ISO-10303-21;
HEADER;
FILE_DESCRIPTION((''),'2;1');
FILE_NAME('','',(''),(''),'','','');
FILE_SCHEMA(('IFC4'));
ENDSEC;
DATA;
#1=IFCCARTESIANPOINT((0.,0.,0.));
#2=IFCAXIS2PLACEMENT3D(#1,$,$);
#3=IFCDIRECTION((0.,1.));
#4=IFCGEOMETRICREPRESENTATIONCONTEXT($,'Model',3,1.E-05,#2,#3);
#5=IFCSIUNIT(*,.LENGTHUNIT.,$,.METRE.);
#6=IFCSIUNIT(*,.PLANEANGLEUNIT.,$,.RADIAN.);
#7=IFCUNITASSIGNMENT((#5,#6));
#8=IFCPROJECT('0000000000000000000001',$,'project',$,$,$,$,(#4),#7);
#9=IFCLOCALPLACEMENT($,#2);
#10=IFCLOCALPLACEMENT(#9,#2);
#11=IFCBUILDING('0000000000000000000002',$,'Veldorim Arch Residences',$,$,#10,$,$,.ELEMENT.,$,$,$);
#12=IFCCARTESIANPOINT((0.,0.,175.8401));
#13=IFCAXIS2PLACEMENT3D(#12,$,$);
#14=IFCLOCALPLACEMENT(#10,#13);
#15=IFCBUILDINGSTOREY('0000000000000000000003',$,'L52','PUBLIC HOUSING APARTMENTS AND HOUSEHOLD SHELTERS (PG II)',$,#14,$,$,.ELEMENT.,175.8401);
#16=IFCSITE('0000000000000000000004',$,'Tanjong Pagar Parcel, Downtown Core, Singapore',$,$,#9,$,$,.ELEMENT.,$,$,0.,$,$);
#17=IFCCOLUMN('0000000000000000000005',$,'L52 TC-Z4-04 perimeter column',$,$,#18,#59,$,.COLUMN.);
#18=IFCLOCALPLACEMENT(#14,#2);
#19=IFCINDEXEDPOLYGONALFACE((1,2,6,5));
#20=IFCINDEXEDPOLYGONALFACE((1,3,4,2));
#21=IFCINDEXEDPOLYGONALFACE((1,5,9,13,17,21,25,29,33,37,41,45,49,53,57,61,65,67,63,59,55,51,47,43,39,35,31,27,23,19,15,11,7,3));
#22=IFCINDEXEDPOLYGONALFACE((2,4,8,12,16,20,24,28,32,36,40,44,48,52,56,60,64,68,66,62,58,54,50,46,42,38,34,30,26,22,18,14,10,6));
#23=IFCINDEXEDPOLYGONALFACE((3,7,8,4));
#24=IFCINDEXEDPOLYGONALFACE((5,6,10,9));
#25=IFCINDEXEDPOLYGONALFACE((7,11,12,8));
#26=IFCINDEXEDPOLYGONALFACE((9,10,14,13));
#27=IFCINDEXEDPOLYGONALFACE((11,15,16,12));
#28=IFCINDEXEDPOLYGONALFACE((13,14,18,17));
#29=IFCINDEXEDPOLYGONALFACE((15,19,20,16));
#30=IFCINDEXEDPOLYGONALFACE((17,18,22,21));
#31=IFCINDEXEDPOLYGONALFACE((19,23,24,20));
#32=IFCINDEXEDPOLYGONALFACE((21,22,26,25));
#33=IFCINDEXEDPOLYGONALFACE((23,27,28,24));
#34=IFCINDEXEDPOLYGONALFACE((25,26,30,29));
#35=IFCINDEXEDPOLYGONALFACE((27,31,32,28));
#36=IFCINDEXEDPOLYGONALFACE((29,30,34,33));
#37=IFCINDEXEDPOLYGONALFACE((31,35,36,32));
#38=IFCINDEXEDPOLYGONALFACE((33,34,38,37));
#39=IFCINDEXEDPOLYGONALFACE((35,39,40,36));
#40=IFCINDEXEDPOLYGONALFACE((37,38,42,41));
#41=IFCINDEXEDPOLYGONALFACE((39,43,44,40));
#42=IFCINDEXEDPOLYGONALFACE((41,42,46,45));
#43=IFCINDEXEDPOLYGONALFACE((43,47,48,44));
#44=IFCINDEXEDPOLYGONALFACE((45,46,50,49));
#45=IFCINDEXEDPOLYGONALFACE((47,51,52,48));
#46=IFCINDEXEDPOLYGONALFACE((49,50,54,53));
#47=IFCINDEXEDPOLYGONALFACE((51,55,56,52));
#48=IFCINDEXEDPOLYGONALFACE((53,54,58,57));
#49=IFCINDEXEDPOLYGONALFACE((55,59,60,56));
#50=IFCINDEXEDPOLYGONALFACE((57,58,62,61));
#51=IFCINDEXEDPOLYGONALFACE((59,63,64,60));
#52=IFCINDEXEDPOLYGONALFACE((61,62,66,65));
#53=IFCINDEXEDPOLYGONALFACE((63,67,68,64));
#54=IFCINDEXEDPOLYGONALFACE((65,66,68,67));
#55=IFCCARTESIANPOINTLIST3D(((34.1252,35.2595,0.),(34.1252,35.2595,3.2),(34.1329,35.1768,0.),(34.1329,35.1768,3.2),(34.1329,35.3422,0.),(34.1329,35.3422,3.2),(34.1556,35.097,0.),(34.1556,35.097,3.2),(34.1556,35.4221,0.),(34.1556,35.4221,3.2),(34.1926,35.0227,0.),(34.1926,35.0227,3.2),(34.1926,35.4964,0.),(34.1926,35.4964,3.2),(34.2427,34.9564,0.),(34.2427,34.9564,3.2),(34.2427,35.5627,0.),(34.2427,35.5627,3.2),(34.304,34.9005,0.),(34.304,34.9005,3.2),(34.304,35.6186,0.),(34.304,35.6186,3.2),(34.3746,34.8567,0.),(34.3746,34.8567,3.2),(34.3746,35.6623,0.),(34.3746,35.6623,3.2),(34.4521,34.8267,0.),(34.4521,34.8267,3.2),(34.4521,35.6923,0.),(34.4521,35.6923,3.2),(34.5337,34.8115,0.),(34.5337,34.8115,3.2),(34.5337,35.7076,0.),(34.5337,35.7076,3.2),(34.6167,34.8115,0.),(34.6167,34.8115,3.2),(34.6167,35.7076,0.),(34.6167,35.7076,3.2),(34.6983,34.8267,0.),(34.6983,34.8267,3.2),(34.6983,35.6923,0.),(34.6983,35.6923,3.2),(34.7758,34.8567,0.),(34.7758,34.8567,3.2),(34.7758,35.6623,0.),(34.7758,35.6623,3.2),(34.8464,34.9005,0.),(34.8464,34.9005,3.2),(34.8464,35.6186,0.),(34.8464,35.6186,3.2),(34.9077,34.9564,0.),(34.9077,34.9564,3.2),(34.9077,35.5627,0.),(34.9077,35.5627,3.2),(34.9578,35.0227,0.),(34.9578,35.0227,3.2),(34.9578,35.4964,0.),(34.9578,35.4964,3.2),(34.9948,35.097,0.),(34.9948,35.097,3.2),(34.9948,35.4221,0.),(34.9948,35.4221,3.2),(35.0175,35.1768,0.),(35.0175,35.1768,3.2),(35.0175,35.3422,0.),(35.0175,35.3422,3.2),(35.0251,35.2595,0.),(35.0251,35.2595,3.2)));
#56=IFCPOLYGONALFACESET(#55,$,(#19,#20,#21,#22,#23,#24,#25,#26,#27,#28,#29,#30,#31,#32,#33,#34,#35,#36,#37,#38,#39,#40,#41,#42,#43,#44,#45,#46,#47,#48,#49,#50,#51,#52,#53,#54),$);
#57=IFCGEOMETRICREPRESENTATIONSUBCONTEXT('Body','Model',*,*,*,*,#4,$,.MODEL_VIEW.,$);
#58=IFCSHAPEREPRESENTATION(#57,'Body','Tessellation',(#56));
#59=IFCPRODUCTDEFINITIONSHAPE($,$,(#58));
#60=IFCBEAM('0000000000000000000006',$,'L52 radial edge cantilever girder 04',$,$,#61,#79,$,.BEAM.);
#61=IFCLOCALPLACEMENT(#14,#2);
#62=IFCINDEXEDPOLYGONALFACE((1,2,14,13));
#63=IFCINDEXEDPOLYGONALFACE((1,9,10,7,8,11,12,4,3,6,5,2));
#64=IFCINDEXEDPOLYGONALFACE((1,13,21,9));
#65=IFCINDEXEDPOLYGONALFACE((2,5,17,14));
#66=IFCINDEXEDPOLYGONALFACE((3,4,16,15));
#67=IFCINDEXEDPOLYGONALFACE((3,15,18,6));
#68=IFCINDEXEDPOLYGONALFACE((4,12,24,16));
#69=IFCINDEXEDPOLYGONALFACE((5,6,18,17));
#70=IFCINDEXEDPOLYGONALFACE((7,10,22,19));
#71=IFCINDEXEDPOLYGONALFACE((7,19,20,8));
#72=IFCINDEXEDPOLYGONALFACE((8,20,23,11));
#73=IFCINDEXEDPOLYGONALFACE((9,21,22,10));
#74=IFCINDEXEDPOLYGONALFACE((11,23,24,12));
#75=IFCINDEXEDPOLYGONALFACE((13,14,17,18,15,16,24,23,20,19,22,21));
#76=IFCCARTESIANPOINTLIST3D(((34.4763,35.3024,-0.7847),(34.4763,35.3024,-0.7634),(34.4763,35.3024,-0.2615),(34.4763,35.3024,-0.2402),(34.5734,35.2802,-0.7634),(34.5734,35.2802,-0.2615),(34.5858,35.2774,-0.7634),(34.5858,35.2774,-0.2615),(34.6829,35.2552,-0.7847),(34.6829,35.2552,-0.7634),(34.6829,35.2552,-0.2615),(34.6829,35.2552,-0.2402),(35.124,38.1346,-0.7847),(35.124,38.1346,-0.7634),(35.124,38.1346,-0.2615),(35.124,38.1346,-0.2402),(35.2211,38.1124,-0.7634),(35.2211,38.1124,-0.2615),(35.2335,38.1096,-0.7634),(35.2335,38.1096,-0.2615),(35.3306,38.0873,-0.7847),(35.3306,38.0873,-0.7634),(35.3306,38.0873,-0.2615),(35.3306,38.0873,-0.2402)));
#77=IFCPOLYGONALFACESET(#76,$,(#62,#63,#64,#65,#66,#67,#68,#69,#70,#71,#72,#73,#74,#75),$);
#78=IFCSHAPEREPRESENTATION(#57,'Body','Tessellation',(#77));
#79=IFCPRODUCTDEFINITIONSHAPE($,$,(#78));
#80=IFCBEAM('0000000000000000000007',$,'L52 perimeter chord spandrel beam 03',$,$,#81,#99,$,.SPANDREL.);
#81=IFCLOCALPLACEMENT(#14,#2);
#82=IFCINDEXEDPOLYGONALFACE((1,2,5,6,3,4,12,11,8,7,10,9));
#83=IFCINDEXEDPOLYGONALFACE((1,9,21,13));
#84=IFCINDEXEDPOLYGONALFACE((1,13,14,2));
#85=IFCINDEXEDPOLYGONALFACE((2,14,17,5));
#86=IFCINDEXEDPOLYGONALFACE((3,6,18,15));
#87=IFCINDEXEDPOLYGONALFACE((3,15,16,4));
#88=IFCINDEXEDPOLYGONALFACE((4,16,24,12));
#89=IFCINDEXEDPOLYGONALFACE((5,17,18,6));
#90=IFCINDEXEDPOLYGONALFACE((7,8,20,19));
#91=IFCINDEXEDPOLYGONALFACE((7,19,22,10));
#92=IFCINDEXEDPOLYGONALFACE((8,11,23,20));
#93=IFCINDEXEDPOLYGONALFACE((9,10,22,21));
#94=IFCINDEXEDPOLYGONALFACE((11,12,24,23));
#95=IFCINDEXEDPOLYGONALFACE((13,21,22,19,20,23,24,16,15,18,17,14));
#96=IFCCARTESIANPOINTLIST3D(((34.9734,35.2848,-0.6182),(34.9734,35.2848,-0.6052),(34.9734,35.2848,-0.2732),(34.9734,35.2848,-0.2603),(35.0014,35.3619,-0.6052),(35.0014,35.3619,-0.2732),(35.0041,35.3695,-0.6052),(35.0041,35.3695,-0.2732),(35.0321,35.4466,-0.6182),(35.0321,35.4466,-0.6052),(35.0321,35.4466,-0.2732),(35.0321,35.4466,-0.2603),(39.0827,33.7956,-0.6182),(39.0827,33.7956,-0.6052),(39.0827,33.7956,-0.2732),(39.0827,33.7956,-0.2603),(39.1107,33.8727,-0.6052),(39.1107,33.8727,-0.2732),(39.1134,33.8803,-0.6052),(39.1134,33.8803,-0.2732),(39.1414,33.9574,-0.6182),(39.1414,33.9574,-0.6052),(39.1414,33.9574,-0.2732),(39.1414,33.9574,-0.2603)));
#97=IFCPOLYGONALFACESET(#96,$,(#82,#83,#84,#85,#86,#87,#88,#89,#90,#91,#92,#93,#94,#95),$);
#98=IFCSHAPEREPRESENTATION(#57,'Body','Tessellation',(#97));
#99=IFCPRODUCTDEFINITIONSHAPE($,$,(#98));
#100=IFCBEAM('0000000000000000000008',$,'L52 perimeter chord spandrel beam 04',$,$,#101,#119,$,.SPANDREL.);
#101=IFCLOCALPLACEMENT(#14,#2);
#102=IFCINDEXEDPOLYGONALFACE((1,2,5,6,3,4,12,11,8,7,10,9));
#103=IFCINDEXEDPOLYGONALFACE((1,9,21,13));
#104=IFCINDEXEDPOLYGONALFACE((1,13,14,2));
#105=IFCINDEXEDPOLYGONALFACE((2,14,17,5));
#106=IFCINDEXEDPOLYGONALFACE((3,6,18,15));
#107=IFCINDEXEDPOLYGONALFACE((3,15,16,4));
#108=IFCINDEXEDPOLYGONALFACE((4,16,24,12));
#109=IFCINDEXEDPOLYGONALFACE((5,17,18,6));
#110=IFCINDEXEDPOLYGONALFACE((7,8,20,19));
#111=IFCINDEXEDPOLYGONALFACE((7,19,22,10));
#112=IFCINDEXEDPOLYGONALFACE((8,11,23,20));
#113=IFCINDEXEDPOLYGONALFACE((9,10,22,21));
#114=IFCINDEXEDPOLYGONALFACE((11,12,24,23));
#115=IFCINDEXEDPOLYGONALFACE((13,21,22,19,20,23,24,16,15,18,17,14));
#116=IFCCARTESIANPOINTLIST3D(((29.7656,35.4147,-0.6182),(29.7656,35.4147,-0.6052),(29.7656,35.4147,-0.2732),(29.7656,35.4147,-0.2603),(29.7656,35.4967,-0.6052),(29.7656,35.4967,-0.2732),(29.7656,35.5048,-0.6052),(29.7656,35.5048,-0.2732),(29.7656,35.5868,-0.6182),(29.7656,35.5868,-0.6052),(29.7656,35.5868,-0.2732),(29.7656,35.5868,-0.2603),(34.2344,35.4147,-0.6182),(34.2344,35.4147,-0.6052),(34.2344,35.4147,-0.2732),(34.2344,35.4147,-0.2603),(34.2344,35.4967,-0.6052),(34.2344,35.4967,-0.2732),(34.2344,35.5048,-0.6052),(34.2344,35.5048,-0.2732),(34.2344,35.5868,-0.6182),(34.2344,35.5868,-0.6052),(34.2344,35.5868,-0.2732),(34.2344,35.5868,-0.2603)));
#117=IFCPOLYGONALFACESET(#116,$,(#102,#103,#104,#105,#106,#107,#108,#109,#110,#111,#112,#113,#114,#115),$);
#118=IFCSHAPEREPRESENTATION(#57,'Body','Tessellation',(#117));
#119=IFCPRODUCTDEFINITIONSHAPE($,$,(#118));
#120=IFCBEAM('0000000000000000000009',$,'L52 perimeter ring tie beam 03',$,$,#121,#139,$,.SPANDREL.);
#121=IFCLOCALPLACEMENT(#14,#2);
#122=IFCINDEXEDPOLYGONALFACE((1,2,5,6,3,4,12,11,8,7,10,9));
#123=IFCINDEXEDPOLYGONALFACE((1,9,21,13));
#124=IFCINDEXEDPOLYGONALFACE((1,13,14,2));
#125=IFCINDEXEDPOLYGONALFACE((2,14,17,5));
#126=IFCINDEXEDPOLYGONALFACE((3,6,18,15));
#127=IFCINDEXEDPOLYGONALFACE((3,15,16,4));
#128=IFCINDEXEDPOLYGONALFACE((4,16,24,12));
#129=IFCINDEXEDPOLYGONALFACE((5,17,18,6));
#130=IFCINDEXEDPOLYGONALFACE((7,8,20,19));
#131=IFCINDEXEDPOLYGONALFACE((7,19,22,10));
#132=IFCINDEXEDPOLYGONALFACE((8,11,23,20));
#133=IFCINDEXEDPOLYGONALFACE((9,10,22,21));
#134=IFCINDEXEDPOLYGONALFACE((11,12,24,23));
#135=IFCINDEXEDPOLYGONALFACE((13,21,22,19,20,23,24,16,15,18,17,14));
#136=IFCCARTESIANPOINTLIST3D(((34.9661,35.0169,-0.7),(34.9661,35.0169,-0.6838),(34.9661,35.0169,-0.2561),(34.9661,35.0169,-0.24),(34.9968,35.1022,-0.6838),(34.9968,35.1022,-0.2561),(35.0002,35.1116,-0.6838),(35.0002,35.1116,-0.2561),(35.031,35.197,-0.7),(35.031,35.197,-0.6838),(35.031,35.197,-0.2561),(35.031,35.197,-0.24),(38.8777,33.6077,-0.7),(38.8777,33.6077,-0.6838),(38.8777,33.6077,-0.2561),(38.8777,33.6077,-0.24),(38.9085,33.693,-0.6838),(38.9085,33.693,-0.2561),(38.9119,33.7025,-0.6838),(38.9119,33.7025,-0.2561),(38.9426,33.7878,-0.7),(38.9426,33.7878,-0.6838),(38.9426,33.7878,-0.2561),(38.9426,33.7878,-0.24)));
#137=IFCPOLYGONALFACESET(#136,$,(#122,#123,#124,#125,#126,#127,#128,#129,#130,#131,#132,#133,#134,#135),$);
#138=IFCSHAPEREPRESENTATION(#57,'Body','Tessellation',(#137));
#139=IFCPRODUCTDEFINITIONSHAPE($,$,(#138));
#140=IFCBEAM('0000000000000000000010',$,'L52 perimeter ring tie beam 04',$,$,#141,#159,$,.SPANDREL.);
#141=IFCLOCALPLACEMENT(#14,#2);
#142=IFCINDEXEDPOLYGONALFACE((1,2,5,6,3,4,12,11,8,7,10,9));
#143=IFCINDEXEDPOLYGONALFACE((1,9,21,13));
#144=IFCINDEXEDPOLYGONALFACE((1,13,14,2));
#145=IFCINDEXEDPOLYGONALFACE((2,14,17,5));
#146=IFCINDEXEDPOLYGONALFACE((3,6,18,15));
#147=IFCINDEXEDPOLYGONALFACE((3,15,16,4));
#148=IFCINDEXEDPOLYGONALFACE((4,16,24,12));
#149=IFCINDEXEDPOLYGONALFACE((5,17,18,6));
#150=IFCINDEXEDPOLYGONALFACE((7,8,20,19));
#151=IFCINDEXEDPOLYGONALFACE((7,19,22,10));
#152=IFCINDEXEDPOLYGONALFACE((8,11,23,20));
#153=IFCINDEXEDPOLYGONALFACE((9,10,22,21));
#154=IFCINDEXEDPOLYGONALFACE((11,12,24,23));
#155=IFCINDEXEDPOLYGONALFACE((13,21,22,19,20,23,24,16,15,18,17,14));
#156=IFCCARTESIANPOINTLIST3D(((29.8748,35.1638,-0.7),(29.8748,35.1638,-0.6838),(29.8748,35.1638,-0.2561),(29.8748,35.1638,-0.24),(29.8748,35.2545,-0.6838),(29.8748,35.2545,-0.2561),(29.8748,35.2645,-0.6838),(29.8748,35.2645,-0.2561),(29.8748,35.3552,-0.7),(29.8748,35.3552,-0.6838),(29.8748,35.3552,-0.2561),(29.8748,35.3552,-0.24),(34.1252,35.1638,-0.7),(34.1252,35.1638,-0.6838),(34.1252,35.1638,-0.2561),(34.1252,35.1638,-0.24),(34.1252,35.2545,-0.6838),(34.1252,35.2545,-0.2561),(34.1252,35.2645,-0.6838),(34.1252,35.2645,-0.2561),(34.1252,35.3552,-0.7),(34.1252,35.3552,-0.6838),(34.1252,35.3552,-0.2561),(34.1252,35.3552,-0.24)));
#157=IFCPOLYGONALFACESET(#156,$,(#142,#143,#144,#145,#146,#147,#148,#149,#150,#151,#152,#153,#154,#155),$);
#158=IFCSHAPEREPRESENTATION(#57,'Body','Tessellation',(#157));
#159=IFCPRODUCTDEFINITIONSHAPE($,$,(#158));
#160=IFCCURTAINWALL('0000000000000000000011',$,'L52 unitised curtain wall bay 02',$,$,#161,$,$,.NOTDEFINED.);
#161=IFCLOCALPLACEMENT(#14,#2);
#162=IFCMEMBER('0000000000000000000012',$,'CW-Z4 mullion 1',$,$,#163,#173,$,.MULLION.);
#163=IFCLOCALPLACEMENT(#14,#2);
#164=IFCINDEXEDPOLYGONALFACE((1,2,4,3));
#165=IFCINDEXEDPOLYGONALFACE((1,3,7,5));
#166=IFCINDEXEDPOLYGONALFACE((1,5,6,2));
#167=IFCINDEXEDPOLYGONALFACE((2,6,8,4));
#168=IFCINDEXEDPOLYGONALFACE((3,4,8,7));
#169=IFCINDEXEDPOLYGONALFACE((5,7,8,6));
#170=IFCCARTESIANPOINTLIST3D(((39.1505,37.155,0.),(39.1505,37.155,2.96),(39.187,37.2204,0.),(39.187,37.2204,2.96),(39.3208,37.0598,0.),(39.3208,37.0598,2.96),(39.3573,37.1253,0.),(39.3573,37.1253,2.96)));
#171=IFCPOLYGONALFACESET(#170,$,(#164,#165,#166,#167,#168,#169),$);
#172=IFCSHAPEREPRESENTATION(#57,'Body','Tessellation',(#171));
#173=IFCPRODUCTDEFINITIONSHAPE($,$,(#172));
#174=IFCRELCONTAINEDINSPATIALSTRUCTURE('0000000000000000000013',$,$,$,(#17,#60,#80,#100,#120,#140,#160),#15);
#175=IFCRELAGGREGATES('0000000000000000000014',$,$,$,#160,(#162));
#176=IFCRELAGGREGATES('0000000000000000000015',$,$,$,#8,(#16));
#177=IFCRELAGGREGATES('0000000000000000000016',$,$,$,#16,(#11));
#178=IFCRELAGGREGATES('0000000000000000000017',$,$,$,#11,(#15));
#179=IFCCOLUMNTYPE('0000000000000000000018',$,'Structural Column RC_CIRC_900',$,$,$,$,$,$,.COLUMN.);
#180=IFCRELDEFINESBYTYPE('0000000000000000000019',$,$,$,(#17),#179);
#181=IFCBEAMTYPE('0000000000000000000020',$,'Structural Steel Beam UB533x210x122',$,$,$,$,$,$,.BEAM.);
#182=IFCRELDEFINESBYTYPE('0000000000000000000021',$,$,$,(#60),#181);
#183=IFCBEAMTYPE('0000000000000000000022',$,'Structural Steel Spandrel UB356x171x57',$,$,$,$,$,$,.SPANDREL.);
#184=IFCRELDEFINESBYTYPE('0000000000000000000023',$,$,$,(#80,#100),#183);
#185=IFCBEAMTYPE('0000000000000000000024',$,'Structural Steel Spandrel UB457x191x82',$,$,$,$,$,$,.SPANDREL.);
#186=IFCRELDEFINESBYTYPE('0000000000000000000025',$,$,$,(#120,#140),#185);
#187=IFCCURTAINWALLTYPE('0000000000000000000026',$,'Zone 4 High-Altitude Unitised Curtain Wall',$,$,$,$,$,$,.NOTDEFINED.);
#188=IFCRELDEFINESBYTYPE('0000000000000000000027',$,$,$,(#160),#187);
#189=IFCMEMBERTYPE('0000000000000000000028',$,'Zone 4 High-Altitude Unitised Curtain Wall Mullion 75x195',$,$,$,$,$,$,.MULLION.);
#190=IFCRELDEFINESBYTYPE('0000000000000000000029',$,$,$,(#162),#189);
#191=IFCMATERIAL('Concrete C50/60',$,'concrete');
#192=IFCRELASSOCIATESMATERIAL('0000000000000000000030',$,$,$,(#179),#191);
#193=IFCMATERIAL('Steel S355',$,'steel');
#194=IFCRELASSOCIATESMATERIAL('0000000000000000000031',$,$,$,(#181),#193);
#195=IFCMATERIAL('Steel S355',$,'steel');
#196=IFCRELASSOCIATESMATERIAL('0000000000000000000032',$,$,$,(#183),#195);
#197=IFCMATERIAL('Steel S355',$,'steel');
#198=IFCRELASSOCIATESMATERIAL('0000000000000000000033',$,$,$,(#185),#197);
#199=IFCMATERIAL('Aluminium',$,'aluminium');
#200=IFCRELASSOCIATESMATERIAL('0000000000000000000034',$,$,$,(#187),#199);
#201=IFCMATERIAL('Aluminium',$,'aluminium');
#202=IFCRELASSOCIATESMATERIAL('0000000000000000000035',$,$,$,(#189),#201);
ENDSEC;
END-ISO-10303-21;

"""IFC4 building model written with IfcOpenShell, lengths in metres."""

from ifc_helpers import new_model, si_unit, direction, frame, origin, origin_2d, place, context, subcontext, project, spatial, rectangle, circle, i_section, extrude, material, material_profile, profile_set, type_object, element, aggregate, save


model = new_model("IFC4")

# Units and contexts
model_context = context("Model", 3, precision=1e-05, world=origin(), true_north=direction((0.0, 1.0)))
body_context = subcontext(model_context, "Body", "Model", "MODEL_VIEW")
ifc_project = project(units=[si_unit("LENGTHUNIT", "METRE"), si_unit("PLANEANGLEUNIT", "RADIAN")], contexts=[model_context])

# Site, building, storey
site_placement = place(None, origin())
site = spatial("IfcSite", under=ifc_project, at=site_placement, Name="Tanjong Pagar Parcel, Downtown Core, Singapore", CompositionType="ELEMENT", RefElevation=0.0)
building_placement = place(site_placement, origin())
building = spatial("IfcBuilding", under=site, at=building_placement, Name="Veldorim Arch Residences", CompositionType="ELEMENT")
storey_placement = place(building_placement, frame((0.0, 0.0, 175.8401)))
storey = spatial("IfcBuildingStorey", under=building, at=storey_placement, Name="L52", Description="PUBLIC HOUSING APARTMENTS AND HOUSEHOLD SHELTERS (PG II)", CompositionType="ELEMENT", Elevation=175.8401)

# Column
ifc_material_1 = material(Name="Concrete C50/60", Category="concrete")
ifc_material_profile_1 = material_profile(ifc_material_1, circle(Radius=0.45, at=origin_2d()), Name="RC_CIRC_900")
ifc_profile_set_1 = profile_set([ifc_material_profile_1], Name="Concrete C50/60")
column_type = type_object("IfcColumnType", Name="Structural Column RC_CIRC_900", PredefinedType="COLUMN", material=ifc_profile_set_1)
column_placement = place(storey_placement, frame((34.5752, 35.2595, 0.0), z_axis=(0.0, 0.0, 1.0), x_axis=(1.0, 0.0, 0.0)))
element("IfcColumn", 1, at=column_placement, inside=storey, type_object=column_type, Name="L52 TC-Z4-04 perimeter column", PredefinedType="COLUMN", context=body_context, shape_type="SweptSolid", body=[
    extrude(circle(Radius=0.45, at=origin_2d()), origin(), (0.0, 0.0, 1.0), 3.2),
])

# Beams
ifc_material_2 = material(Name="Steel S355", Category="steel")
ifc_material_profile_2 = material_profile(ifc_material_2, i_section(OverallWidth=0.2119, OverallDepth=0.5444, WebThickness=0.0127, FlangeThickness=0.0212, at=origin_2d()), Name="UB533x210x122")
ifc_profile_set_2 = profile_set([ifc_material_profile_2], Name="Steel S355")
beam_type_1 = type_object("IfcBeamType", Name="Structural Steel Beam UB533x210x122", PredefinedType="BEAM", material=ifc_profile_set_2)
beam_1_placement = place(storey_placement, frame((34.5796, 35.2788, -0.5125), z_axis=(0.222932, 0.974834, 0.0), x_axis=(-0.974834, 0.222932, 0.0)))
element("IfcBeam", 2, at=beam_1_placement, inside=storey, type_object=beam_type_1, Name="L52 radial edge cantilever girder 04", PredefinedType="BEAM", context=body_context, shape_type="SweptSolid", body=[
    extrude(i_section(OverallWidth=0.2119, OverallDepth=0.5444, WebThickness=0.0127, FlangeThickness=0.0212, at=origin_2d()), origin(), (0.0, 0.0, 1.0), 2.9053),
])
ifc_material_3 = material(Name="Steel S355", Category="steel")
ifc_material_profile_3 = material_profile(ifc_material_3, i_section(OverallWidth=0.1721, OverallDepth=0.3579, WebThickness=0.0081, FlangeThickness=0.0129, at=origin_2d()), Name="UB356x171x57")
ifc_profile_set_3 = profile_set([ifc_material_profile_3], Name="Steel S355")
beam_type_2 = type_object("IfcBeamType", Name="Structural Steel Spandrel UB356x171x57", PredefinedType="SPANDREL", material=ifc_profile_set_3)
beam_2_placement = place(storey_placement, frame((39.1121, 33.8765, -0.4392), z_axis=(-0.940165, 0.34072, 0.0), x_axis=(-0.34072, -0.940165, 0.0)))
element("IfcBeam", 3, at=beam_2_placement, inside=storey, type_object=beam_type_2, Name="L52 perimeter chord spandrel beam 03", PredefinedType="SPANDREL", context=body_context, shape_type="SweptSolid", body=[
    extrude(i_section(OverallWidth=0.1721, OverallDepth=0.3579, WebThickness=0.0081, FlangeThickness=0.0129, at=origin_2d()), origin(), (0.0, 0.0, 1.0), 4.3708),
])
beam_3_placement = place(storey_placement, frame((34.2344, 35.5007, -0.4392), z_axis=(-1.0, 0.0, 0.0), x_axis=(0.0, -1.0, 0.0)))
element("IfcBeam", 4, at=beam_3_placement, inside=storey, type_object=beam_type_2, Name="L52 perimeter chord spandrel beam 04", PredefinedType="SPANDREL", context=body_context, shape_type="SweptSolid", body=[
    extrude(i_section(OverallWidth=0.1721, OverallDepth=0.3579, WebThickness=0.0081, FlangeThickness=0.0129, at=origin_2d()), origin(), (0.0, 0.0, 1.0), 4.4688),
])
ifc_material_4 = material(Name="Steel S355", Category="steel")
ifc_material_profile_4 = material_profile(ifc_material_4, i_section(OverallWidth=0.1914, OverallDepth=0.46, WebThickness=0.01, FlangeThickness=0.0161, at=origin_2d()), Name="UB457x191x82")
ifc_profile_set_4 = profile_set([ifc_material_profile_4], Name="Steel S355")
beam_type_3 = type_object("IfcBeamType", Name="Structural Steel Spandrel UB457x191x82", PredefinedType="SPANDREL", material=ifc_profile_set_4)
beam_4_placement = place(storey_placement, frame((38.9102, 33.6978, -0.47), z_axis=(-0.940811, 0.338932, 0.0), x_axis=(-0.338932, -0.940811, 0.0)))
element("IfcBeam", 5, at=beam_4_placement, inside=storey, type_object=beam_type_3, Name="L52 perimeter ring tie beam 03", PredefinedType="SPANDREL", context=body_context, shape_type="SweptSolid", body=[
    extrude(i_section(OverallWidth=0.1914, OverallDepth=0.46, WebThickness=0.01, FlangeThickness=0.0161, at=origin_2d()), origin(), (0.0, 0.0, 1.0), 4.1577),
])
beam_5_placement = place(storey_placement, frame((34.1252, 35.2595, -0.47), z_axis=(-1.0, 0.0, 0.0), x_axis=(0.0, -1.0, 0.0)))
element("IfcBeam", 6, at=beam_5_placement, inside=storey, type_object=beam_type_3, Name="L52 perimeter ring tie beam 04", PredefinedType="SPANDREL", context=body_context, shape_type="SweptSolid", body=[
    extrude(i_section(OverallWidth=0.1914, OverallDepth=0.46, WebThickness=0.01, FlangeThickness=0.0161, at=origin_2d()), origin(), (0.0, 0.0, 1.0), 4.2505),
])

# Curtain wall, member
ifc_material_5 = material(Name="Aluminium", Category="aluminium")
curtain_wall_type = type_object("IfcCurtainWallType", Name="Zone 4 High-Altitude Unitised Curtain Wall", PredefinedType="NOTDEFINED", material=ifc_material_5)
curtain_wall_placement = place(storey_placement, origin())
curtain_wall = element("IfcCurtainWall", 7, at=curtain_wall_placement, inside=storey, type_object=curtain_wall_type, Name="L52 unitised curtain wall bay 02", PredefinedType="NOTDEFINED")
ifc_material_6 = material(Name="Aluminium", Category="aluminium")
ifc_material_profile_5 = material_profile(ifc_material_6, rectangle(XDim=0.075, YDim=0.1951, at=origin_2d()), Name="ALU_MUL_75x195")
ifc_profile_set_5 = profile_set([ifc_material_profile_5], Name="Aluminium")
member_type_1 = type_object("IfcMemberType", Name="Zone 4 High-Altitude Unitised Curtain Wall Mullion 75x195", PredefinedType="MULLION", material=ifc_profile_set_5)
member_1_placement = place(storey_placement, frame((39.2539, 37.1401, 0.0), z_axis=(0.0, 0.0, 1.0), x_axis=(0.487736, 0.872991, 0.0)))
member_1 = element("IfcMember", 8, at=member_1_placement, type_object=member_type_1, Name="CW-Z4 mullion 1", PredefinedType="MULLION", context=body_context, shape_type="SweptSolid", body=[
    extrude(rectangle(XDim=0.075, YDim=0.1951, at=origin_2d()), origin(), (0.0, 0.0, 1.0), 2.96),
])
aggregate(curtain_wall, [member_1])

save(model, "model.ifc")
